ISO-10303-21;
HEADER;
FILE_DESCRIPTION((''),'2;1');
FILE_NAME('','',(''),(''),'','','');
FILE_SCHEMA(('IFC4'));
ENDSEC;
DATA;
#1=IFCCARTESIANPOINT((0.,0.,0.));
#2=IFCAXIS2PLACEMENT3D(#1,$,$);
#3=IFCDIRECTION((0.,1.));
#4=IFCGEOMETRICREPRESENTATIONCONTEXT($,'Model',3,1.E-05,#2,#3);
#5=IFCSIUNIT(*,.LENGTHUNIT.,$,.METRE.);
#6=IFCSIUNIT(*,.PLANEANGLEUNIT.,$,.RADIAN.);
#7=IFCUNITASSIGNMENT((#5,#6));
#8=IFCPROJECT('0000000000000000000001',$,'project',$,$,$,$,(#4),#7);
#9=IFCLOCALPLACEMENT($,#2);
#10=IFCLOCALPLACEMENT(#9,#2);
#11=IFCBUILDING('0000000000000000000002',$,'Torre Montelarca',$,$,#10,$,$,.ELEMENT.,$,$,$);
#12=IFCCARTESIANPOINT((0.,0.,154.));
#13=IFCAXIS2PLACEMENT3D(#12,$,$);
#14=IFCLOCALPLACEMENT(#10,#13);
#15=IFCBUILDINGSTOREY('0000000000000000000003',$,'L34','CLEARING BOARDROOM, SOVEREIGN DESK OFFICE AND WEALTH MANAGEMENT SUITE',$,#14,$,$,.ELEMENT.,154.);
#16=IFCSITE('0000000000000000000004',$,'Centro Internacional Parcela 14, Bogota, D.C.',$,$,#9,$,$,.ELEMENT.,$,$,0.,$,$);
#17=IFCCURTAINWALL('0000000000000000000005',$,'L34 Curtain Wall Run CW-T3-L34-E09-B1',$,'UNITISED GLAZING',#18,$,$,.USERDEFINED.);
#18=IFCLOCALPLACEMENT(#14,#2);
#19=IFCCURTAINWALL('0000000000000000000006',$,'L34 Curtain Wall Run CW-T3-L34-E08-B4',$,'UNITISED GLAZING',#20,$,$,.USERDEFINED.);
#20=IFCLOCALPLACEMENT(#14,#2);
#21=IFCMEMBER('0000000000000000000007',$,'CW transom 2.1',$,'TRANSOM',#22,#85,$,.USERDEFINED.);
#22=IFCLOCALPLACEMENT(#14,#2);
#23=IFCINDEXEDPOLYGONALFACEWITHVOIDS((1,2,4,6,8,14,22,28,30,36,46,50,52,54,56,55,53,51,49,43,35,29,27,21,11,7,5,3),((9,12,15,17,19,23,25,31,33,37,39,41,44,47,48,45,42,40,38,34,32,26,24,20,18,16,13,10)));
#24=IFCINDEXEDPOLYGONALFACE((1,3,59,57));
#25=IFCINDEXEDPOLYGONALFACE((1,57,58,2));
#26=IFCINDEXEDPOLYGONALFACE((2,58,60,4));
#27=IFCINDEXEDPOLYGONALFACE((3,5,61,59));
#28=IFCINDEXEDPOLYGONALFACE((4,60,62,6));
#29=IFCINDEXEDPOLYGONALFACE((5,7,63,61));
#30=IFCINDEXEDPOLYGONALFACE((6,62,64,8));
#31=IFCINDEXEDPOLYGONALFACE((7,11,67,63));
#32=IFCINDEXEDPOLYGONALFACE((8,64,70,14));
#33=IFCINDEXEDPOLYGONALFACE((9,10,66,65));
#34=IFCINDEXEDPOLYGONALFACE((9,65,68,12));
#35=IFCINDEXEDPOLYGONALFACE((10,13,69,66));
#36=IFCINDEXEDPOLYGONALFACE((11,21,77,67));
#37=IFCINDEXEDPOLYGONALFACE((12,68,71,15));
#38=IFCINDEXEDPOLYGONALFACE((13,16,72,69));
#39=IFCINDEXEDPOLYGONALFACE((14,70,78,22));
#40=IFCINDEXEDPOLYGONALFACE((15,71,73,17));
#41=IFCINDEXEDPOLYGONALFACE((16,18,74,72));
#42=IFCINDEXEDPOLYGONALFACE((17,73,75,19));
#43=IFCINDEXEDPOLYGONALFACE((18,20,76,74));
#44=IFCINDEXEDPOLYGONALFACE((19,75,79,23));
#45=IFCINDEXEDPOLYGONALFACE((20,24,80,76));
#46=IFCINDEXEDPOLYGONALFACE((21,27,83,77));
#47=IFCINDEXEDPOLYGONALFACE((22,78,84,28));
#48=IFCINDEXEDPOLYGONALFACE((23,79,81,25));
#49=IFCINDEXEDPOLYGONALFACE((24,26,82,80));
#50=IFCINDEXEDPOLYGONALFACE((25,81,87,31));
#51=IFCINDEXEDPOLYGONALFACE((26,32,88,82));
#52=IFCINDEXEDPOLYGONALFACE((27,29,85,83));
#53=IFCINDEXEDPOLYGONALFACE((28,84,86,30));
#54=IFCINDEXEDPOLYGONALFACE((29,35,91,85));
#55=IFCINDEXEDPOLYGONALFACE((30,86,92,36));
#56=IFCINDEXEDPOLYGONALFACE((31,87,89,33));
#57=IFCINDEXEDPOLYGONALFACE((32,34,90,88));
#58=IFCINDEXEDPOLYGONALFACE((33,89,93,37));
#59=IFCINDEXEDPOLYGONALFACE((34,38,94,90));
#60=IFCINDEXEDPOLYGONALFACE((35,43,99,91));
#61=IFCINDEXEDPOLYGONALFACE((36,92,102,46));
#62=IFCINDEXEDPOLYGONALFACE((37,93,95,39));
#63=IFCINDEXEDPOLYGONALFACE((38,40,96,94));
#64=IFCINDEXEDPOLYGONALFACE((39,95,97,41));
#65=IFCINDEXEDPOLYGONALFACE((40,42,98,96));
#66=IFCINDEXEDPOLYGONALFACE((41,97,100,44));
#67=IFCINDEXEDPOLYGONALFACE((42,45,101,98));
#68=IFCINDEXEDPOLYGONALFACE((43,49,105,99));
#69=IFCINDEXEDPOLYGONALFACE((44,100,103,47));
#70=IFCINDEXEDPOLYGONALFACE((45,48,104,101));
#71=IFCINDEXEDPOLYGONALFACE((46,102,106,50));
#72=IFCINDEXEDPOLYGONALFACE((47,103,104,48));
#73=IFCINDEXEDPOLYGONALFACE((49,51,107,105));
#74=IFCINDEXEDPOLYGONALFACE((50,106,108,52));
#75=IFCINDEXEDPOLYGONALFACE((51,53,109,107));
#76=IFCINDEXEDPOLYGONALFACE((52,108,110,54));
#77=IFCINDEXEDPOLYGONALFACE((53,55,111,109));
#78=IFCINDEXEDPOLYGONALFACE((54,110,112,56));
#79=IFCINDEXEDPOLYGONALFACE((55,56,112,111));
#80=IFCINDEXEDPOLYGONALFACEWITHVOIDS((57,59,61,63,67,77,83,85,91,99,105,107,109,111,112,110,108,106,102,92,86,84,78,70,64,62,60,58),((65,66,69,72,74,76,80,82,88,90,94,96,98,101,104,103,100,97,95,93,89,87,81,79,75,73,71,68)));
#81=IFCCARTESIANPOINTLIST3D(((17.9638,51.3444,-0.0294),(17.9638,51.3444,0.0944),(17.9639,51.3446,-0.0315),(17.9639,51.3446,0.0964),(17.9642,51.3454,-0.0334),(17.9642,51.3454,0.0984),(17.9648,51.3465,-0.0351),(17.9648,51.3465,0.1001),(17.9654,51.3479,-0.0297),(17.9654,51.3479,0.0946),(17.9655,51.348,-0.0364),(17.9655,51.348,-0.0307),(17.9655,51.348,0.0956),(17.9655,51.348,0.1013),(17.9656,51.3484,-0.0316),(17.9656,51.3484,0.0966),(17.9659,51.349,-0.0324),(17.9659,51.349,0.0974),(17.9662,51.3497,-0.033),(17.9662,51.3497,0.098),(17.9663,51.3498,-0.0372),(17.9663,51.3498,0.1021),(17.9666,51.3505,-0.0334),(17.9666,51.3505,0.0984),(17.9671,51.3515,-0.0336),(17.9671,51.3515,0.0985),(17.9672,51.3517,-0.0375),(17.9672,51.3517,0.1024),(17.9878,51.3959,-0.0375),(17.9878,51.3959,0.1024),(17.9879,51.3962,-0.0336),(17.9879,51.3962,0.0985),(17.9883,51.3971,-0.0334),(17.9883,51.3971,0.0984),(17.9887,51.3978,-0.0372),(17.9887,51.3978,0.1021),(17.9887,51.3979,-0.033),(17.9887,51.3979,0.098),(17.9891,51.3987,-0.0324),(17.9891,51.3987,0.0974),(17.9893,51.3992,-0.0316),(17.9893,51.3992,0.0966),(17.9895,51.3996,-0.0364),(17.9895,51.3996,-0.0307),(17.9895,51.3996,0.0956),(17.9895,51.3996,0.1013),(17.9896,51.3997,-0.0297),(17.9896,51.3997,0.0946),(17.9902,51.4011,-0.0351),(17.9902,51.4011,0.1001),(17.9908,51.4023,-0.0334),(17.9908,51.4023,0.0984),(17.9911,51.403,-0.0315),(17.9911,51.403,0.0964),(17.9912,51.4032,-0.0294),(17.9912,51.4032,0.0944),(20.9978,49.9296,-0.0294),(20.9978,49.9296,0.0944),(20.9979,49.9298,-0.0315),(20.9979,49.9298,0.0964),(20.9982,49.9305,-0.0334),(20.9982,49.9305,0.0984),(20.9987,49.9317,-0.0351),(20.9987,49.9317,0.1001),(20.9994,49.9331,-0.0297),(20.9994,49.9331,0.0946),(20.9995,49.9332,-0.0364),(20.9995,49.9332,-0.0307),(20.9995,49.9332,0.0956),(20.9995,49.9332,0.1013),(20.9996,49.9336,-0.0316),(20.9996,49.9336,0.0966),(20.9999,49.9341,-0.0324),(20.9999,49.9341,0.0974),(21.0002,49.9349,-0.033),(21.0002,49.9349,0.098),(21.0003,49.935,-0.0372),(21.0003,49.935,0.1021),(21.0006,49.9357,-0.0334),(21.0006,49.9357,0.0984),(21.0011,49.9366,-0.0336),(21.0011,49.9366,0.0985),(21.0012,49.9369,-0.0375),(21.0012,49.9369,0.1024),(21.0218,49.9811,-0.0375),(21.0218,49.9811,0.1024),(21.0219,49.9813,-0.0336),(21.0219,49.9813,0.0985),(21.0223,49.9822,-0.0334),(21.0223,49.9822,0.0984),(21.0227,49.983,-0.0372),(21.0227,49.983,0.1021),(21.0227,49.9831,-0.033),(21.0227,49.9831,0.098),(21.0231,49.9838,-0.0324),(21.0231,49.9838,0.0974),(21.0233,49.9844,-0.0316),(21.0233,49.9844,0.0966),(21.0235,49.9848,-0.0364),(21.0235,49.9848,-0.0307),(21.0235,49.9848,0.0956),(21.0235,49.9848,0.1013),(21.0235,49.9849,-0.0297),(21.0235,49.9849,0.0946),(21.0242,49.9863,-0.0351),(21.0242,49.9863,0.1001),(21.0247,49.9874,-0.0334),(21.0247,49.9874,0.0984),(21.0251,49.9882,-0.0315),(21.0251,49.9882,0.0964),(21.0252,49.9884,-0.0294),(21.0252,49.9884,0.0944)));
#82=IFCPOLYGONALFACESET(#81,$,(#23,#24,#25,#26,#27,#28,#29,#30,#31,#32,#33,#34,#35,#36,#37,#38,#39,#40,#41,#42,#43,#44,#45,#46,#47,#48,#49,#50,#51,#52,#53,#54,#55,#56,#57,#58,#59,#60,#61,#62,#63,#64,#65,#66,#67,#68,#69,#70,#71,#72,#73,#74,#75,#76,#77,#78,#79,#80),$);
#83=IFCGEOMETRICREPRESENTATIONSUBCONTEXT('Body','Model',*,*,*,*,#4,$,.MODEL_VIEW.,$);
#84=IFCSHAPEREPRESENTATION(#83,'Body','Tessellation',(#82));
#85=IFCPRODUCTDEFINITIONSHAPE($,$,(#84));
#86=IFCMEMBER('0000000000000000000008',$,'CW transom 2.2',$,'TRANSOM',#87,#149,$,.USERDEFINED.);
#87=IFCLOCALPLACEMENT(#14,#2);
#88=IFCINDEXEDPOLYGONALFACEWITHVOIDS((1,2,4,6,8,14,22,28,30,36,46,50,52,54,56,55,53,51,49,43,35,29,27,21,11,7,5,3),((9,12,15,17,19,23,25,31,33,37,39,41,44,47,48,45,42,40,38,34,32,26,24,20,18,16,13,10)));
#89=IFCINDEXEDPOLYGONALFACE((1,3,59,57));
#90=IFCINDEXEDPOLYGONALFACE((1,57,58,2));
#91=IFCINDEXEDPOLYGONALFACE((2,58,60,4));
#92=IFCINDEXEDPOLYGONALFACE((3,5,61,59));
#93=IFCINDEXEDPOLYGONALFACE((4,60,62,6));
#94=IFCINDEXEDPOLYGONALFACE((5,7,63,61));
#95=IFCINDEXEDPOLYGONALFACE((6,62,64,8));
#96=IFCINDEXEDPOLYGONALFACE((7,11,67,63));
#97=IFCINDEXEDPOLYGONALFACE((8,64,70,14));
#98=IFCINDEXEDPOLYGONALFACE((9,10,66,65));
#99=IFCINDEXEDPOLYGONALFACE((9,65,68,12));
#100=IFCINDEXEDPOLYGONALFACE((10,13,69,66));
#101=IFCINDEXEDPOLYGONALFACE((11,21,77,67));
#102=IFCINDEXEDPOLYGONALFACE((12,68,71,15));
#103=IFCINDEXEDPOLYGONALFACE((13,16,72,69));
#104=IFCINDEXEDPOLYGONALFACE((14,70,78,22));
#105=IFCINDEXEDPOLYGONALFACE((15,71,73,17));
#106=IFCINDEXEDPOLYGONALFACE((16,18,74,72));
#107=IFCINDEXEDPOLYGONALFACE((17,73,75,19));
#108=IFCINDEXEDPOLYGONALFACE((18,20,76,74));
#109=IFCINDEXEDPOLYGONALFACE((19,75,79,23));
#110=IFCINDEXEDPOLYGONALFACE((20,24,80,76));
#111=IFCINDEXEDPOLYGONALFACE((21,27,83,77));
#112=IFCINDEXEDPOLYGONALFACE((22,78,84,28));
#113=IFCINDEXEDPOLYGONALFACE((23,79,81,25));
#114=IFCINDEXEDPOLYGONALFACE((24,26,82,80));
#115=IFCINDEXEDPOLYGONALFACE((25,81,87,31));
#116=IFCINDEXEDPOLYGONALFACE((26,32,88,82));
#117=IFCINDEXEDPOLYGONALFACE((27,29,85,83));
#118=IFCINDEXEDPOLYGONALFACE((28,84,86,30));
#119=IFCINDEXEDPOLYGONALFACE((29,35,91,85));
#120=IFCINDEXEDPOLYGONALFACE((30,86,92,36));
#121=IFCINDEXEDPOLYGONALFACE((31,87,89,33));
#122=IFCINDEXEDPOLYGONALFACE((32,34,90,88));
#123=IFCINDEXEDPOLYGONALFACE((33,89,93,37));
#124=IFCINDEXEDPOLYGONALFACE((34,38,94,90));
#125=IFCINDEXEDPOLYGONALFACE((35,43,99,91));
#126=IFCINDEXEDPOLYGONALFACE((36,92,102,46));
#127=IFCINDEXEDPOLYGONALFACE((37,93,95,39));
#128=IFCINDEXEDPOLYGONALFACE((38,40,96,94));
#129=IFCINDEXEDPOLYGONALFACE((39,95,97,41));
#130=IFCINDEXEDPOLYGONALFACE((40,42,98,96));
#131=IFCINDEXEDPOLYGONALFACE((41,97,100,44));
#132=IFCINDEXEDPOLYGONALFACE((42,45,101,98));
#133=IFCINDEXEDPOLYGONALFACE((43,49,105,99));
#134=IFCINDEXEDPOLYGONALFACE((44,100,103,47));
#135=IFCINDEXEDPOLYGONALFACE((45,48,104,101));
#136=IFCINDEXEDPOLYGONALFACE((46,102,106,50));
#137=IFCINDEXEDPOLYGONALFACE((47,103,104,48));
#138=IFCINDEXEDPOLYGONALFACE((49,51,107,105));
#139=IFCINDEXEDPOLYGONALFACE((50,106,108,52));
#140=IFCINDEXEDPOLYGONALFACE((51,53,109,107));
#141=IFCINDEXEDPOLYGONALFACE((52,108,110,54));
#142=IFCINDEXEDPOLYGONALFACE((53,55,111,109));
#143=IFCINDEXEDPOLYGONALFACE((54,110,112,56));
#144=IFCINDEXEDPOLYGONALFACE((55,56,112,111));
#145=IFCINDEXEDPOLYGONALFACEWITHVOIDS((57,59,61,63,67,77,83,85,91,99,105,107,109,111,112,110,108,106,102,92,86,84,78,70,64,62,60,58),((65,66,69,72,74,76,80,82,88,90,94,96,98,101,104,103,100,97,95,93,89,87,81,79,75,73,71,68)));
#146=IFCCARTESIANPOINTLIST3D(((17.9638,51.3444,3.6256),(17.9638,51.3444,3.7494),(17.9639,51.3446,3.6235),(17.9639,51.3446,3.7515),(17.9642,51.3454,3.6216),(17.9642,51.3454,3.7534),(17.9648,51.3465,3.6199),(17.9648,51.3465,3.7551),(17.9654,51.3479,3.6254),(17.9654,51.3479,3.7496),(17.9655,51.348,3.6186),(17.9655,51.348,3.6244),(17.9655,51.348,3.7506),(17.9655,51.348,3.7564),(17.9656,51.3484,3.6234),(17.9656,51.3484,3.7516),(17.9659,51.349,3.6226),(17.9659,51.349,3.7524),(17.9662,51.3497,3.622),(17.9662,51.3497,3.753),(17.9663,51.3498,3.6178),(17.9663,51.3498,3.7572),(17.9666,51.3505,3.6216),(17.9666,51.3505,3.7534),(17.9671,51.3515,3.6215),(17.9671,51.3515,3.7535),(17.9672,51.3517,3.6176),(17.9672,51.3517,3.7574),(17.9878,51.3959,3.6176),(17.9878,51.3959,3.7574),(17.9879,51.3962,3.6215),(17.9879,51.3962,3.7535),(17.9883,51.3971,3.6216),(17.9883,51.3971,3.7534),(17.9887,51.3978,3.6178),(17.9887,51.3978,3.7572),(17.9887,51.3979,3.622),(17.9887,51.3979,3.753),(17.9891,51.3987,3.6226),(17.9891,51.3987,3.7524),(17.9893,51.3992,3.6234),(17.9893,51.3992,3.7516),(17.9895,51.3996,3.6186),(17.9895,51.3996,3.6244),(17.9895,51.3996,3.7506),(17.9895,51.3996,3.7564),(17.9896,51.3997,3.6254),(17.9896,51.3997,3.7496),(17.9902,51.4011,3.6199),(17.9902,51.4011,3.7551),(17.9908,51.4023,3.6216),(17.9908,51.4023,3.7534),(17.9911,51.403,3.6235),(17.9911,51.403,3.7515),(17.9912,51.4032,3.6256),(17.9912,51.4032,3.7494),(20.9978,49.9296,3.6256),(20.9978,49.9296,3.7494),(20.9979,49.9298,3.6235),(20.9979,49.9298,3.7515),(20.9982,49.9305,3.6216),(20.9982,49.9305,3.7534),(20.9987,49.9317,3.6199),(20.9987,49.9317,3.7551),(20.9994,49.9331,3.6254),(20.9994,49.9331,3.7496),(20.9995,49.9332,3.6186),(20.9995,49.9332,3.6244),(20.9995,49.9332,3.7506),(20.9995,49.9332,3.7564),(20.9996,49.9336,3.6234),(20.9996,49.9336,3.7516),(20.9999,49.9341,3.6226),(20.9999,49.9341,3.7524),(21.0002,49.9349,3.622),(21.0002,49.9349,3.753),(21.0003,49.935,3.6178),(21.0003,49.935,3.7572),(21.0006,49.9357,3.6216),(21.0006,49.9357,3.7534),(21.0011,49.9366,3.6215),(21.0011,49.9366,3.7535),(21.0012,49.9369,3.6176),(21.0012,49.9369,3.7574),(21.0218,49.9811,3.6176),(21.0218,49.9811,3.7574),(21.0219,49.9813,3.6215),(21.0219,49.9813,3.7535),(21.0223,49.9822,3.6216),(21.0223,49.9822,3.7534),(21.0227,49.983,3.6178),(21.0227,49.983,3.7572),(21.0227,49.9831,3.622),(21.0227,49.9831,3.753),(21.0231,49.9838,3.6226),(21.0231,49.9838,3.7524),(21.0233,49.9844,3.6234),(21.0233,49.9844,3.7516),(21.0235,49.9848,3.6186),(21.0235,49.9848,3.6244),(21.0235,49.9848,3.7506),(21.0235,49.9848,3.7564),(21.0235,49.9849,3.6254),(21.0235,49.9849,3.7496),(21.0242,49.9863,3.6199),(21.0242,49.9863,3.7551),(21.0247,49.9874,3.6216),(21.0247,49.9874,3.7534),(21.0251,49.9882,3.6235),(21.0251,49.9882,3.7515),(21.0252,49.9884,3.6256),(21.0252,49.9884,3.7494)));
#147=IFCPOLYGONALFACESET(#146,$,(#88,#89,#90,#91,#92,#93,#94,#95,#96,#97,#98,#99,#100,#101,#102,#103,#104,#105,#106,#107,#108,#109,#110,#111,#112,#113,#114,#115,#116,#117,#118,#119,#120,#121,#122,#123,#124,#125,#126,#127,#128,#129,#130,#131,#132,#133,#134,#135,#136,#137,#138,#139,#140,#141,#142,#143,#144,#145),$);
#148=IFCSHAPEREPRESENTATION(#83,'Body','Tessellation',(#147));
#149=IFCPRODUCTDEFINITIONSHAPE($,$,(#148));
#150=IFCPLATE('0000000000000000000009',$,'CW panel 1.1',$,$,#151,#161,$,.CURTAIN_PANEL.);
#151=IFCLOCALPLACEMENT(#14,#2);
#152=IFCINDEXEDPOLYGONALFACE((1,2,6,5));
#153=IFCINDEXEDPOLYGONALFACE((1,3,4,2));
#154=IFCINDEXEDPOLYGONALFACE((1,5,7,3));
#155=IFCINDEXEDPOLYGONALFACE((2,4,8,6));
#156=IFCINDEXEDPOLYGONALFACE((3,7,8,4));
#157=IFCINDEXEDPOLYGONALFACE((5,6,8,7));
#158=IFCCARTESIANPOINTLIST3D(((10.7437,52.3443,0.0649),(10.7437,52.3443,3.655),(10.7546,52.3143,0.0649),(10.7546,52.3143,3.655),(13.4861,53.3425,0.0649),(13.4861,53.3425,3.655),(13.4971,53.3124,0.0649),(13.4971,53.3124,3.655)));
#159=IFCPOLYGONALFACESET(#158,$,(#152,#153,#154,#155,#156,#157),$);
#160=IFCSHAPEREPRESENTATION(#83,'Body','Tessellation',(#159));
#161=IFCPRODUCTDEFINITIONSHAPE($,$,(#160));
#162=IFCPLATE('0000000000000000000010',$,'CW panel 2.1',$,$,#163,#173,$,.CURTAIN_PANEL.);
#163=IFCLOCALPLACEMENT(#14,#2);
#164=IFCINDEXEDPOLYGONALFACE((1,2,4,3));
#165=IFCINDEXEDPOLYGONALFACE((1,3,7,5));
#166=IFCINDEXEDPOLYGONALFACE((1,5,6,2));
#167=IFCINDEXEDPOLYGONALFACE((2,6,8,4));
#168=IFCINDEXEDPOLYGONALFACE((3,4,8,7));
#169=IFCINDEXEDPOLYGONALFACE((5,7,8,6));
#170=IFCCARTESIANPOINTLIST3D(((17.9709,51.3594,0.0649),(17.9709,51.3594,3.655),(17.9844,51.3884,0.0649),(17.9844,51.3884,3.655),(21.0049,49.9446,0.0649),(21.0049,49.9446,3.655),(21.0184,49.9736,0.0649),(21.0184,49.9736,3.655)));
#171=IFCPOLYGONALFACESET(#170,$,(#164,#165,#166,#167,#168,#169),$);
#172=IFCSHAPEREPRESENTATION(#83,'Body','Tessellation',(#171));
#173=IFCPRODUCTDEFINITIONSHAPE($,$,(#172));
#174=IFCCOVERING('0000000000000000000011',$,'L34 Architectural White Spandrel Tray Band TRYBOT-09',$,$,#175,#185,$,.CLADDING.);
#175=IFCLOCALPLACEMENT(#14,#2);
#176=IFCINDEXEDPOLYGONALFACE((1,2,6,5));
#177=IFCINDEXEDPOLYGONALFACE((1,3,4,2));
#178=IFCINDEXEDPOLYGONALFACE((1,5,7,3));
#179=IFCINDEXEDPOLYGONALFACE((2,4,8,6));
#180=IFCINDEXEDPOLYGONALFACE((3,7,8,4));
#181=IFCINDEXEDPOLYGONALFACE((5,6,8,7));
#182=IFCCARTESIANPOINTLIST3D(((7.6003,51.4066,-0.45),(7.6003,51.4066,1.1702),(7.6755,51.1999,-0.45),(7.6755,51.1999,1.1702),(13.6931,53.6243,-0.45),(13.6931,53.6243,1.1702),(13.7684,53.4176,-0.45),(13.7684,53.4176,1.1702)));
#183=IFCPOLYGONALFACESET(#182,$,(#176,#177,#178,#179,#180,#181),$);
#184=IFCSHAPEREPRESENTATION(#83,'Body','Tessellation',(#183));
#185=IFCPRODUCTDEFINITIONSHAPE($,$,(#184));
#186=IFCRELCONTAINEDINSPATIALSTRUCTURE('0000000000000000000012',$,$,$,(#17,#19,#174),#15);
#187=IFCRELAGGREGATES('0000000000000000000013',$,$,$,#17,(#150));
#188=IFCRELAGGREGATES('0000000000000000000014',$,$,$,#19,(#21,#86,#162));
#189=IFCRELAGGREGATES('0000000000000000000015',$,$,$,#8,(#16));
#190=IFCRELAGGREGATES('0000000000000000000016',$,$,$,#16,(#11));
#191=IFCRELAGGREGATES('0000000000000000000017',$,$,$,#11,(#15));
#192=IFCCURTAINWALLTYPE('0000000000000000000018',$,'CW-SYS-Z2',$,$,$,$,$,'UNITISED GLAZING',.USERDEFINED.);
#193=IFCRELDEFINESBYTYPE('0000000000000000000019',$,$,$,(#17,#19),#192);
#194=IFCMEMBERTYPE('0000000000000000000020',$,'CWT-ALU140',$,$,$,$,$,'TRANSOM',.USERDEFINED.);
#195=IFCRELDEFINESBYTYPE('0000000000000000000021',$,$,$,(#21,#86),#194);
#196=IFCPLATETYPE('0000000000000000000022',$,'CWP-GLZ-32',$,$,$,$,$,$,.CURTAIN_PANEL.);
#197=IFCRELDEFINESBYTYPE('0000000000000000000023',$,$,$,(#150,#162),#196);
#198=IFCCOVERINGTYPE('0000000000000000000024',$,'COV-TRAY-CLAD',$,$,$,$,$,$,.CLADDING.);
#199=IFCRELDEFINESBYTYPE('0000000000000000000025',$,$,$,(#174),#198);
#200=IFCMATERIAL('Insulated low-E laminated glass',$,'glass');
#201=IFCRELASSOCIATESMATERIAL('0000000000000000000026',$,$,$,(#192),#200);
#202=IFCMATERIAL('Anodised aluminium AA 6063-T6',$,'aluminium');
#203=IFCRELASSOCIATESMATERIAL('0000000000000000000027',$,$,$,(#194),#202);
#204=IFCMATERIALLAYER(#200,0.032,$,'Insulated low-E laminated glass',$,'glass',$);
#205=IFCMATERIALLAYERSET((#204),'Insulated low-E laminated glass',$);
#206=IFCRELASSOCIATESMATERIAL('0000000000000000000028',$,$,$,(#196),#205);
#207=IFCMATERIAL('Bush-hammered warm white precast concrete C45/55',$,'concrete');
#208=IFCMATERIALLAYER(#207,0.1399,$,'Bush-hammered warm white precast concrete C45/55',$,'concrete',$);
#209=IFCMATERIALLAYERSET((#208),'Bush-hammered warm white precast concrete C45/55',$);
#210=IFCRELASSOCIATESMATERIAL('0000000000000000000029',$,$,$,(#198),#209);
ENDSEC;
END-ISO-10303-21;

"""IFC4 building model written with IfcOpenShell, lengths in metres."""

from ifc_helpers import new_model, si_unit, direction, frame, origin, origin_2d, place, context, subcontext, project, spatial, rectangle, hollow_rectangle, extrude, source, transform, mapped, material, layer, layer_set, material_profile, profile_set, type_object, element, aggregate, save


model = new_model("IFC4")

# Units and contexts
model_context = context("Model", 3, precision=1e-05, world=origin(), true_north=direction((0.0, 1.0)))
body_context = subcontext(model_context, "Body", "Model", "MODEL_VIEW")
ifc_project = project(units=[si_unit("LENGTHUNIT", "METRE"), si_unit("PLANEANGLEUNIT", "RADIAN")], contexts=[model_context])

# Site, building, storey
site_placement = place(None, origin())
site = spatial("IfcSite", under=ifc_project, at=site_placement, Name="Centro Internacional Parcela 14, Bogota, D.C.", CompositionType="ELEMENT", RefElevation=0.0)
building_placement = place(site_placement, origin())
building = spatial("IfcBuilding", under=site, at=building_placement, Name="Torre Montelarca", CompositionType="ELEMENT")
storey_placement = place(building_placement, frame((0.0, 0.0, 154.0)))
storey = spatial("IfcBuildingStorey", under=building, at=storey_placement, Name="L34", Description="CLEARING BOARDROOM, SOVEREIGN DESK OFFICE AND WEALTH MANAGEMENT SUITE", CompositionType="ELEMENT", Elevation=154.0)

# Curtain walls
ifc_material_1 = material(Name="Insulated low-E laminated glass", Category="glass")
curtain_wall_type = type_object("IfcCurtainWallType", Name="CW-SYS-Z2", ElementType="UNITISED GLAZING", PredefinedType="USERDEFINED", material=ifc_material_1)
curtain_wall_1_placement = place(storey_placement, origin())
curtain_wall_1 = element("IfcCurtainWall", 1, at=curtain_wall_1_placement, inside=storey, type_object=curtain_wall_type, Name="L34 Curtain Wall Run CW-T3-L34-E09-B1", ObjectType="UNITISED GLAZING", PredefinedType="USERDEFINED")
ifc_material_2 = material(Name="Anodised aluminium AA 6063-T6", Category="aluminium")
ifc_material_profile_1 = material_profile(ifc_material_2, hollow_rectangle(XDim=0.0649, YDim=0.1399, WallThickness=0.0039, InnerFilletRadius=0.0039, OuterFilletRadius=0.0081, at=origin_2d()), Name="ALU65X140X4", Category="aluminium")
ifc_profile_set_1 = profile_set([ifc_material_profile_1], Name="Anodised aluminium AA 6063-T6")
member_type_1 = type_object("IfcMemberType", Name="CWT-ALU140", ElementType="TRANSOM", PredefinedType="USERDEFINED", material=ifc_profile_set_1)
curtain_wall_2_placement = place(storey_placement, origin())
curtain_wall_2 = element("IfcCurtainWall", 2, at=curtain_wall_2_placement, inside=storey, type_object=curtain_wall_type, Name="L34 Curtain Wall Run CW-T3-L34-E08-B4", ObjectType="UNITISED GLAZING", PredefinedType="USERDEFINED")

# Members
shared_shape_1 = source(origin(), body_context, "Body", "SweptSolid", [
    extrude(hollow_rectangle(XDim=0.0649, YDim=0.1399, WallThickness=0.0039, InnerFilletRadius=0.0039, OuterFilletRadius=0.0081, at=origin_2d()), origin(), (0.0, 0.0, 1.0), 3.3477),
])
member_1_placement = place(storey_placement, frame((21.0115, 49.959, 0.0325), z_axis=(-0.906302, 0.42263, 0.0), x_axis=(-0.42263, -0.906302, 0.0)))
member_1 = element("IfcMember", 3, at=member_1_placement, type_object=member_type_1, Name="CW transom 2.1", ObjectType="TRANSOM", PredefinedType="USERDEFINED", context=body_context, shape_type="MappedRepresentation", body=[
    mapped(shared_shape_1, transform((0.0, 0.0, 0.0), scale=1.0)),
])
member_2_placement = place(storey_placement, frame((21.0115, 49.959, 3.6875), z_axis=(-0.906302, 0.42263, 0.0), x_axis=(-0.42263, -0.906302, 0.0)))
member_2 = element("IfcMember", 4, at=member_2_placement, type_object=member_type_1, Name="CW transom 2.2", ObjectType="TRANSOM", PredefinedType="USERDEFINED", context=body_context, shape_type="MappedRepresentation", body=[
    mapped(shared_shape_1, transform((0.0, 0.0, 0.0), scale=1.0)),
])

# Plates
ifc_layer_1 = layer(ifc_material_1, 0.032, Name="Insulated low-E laminated glass", Category="glass")
ifc_layer_set_1 = layer_set([ifc_layer_1], Name="Insulated low-E laminated glass")
plate_type = type_object("IfcPlateType", Name="CWP-GLZ-32", PredefinedType="CURTAIN_PANEL", material=ifc_layer_set_1)
shared_shape_2 = source(origin(), body_context, "Body", "SweptSolid", [
    extrude(rectangle(XDim=2.9185, YDim=0.032, at=origin_2d()), origin(), (0.0, 0.0, 1.0), 3.5901),
])
plate_1_placement = place(storey_placement, frame((12.1204, 52.8284, 0.0649), z_axis=(0.0, 0.0, 1.0), x_axis=(-0.939692, -0.342021, 0.0)))
plate_1 = element("IfcPlate", 5, at=plate_1_placement, type_object=plate_type, Name="CW panel 1.1", PredefinedType="CURTAIN_PANEL", context=body_context, shape_type="MappedRepresentation", body=[
    mapped(shared_shape_2, transform((0.0, 0.0, 0.0), scale=1.0)),
])
aggregate(curtain_wall_1, [plate_1])
shared_shape_3 = source(origin(), body_context, "Body", "SweptSolid", [
    extrude(rectangle(XDim=3.3477, YDim=0.032, at=origin_2d()), origin(), (0.0, 0.0, 1.0), 3.5901),
])
plate_2_placement = place(storey_placement, frame((19.4946, 50.6665, 0.0649), z_axis=(0.0, 0.0, 1.0), x_axis=(-0.906314, 0.422606, 0.0)))
plate_2 = element("IfcPlate", 6, at=plate_2_placement, type_object=plate_type, Name="CW panel 2.1", PredefinedType="CURTAIN_PANEL", context=body_context, shape_type="MappedRepresentation", body=[
    mapped(shared_shape_3, transform((0.0, 0.0, 0.0), scale=1.0)),
])
aggregate(curtain_wall_2, [member_1, member_2, plate_2])

# Covering
ifc_material_3 = material(Name="Bush-hammered warm white precast concrete C45/55", Category="concrete")
ifc_layer_2 = layer(ifc_material_3, 0.1399, Name="Bush-hammered warm white precast concrete C45/55", Category="concrete")
ifc_layer_set_2 = layer_set([ifc_layer_2], Name="Bush-hammered warm white precast concrete C45/55")
covering_type = type_object("IfcCoveringType", Name="COV-TRAY-CLAD", PredefinedType="CLADDING", material=ifc_layer_set_2)
shared_shape_4 = source(origin(), body_context, "Body", "SweptSolid", [
    extrude(rectangle(XDim=6.4839, YDim=0.22, at=origin_2d()), origin(), (0.0, 0.0, 1.0), 1.6201),
])
covering_1_placement = place(storey_placement, frame((10.6843, 52.4121, -0.45), z_axis=(0.0, 0.0, 1.0), x_axis=(-0.939691, -0.342023, 0.0)))
element("IfcCovering", 7, at=covering_1_placement, inside=storey, type_object=covering_type, Name="L34 Architectural White Spandrel Tray Band TRYBOT-09", PredefinedType="CLADDING", context=body_context, shape_type="MappedRepresentation", body=[
    mapped(shared_shape_4, transform((0.0, 0.0, 0.0), scale=1.0)),
])

save(model, "model.ifc")
